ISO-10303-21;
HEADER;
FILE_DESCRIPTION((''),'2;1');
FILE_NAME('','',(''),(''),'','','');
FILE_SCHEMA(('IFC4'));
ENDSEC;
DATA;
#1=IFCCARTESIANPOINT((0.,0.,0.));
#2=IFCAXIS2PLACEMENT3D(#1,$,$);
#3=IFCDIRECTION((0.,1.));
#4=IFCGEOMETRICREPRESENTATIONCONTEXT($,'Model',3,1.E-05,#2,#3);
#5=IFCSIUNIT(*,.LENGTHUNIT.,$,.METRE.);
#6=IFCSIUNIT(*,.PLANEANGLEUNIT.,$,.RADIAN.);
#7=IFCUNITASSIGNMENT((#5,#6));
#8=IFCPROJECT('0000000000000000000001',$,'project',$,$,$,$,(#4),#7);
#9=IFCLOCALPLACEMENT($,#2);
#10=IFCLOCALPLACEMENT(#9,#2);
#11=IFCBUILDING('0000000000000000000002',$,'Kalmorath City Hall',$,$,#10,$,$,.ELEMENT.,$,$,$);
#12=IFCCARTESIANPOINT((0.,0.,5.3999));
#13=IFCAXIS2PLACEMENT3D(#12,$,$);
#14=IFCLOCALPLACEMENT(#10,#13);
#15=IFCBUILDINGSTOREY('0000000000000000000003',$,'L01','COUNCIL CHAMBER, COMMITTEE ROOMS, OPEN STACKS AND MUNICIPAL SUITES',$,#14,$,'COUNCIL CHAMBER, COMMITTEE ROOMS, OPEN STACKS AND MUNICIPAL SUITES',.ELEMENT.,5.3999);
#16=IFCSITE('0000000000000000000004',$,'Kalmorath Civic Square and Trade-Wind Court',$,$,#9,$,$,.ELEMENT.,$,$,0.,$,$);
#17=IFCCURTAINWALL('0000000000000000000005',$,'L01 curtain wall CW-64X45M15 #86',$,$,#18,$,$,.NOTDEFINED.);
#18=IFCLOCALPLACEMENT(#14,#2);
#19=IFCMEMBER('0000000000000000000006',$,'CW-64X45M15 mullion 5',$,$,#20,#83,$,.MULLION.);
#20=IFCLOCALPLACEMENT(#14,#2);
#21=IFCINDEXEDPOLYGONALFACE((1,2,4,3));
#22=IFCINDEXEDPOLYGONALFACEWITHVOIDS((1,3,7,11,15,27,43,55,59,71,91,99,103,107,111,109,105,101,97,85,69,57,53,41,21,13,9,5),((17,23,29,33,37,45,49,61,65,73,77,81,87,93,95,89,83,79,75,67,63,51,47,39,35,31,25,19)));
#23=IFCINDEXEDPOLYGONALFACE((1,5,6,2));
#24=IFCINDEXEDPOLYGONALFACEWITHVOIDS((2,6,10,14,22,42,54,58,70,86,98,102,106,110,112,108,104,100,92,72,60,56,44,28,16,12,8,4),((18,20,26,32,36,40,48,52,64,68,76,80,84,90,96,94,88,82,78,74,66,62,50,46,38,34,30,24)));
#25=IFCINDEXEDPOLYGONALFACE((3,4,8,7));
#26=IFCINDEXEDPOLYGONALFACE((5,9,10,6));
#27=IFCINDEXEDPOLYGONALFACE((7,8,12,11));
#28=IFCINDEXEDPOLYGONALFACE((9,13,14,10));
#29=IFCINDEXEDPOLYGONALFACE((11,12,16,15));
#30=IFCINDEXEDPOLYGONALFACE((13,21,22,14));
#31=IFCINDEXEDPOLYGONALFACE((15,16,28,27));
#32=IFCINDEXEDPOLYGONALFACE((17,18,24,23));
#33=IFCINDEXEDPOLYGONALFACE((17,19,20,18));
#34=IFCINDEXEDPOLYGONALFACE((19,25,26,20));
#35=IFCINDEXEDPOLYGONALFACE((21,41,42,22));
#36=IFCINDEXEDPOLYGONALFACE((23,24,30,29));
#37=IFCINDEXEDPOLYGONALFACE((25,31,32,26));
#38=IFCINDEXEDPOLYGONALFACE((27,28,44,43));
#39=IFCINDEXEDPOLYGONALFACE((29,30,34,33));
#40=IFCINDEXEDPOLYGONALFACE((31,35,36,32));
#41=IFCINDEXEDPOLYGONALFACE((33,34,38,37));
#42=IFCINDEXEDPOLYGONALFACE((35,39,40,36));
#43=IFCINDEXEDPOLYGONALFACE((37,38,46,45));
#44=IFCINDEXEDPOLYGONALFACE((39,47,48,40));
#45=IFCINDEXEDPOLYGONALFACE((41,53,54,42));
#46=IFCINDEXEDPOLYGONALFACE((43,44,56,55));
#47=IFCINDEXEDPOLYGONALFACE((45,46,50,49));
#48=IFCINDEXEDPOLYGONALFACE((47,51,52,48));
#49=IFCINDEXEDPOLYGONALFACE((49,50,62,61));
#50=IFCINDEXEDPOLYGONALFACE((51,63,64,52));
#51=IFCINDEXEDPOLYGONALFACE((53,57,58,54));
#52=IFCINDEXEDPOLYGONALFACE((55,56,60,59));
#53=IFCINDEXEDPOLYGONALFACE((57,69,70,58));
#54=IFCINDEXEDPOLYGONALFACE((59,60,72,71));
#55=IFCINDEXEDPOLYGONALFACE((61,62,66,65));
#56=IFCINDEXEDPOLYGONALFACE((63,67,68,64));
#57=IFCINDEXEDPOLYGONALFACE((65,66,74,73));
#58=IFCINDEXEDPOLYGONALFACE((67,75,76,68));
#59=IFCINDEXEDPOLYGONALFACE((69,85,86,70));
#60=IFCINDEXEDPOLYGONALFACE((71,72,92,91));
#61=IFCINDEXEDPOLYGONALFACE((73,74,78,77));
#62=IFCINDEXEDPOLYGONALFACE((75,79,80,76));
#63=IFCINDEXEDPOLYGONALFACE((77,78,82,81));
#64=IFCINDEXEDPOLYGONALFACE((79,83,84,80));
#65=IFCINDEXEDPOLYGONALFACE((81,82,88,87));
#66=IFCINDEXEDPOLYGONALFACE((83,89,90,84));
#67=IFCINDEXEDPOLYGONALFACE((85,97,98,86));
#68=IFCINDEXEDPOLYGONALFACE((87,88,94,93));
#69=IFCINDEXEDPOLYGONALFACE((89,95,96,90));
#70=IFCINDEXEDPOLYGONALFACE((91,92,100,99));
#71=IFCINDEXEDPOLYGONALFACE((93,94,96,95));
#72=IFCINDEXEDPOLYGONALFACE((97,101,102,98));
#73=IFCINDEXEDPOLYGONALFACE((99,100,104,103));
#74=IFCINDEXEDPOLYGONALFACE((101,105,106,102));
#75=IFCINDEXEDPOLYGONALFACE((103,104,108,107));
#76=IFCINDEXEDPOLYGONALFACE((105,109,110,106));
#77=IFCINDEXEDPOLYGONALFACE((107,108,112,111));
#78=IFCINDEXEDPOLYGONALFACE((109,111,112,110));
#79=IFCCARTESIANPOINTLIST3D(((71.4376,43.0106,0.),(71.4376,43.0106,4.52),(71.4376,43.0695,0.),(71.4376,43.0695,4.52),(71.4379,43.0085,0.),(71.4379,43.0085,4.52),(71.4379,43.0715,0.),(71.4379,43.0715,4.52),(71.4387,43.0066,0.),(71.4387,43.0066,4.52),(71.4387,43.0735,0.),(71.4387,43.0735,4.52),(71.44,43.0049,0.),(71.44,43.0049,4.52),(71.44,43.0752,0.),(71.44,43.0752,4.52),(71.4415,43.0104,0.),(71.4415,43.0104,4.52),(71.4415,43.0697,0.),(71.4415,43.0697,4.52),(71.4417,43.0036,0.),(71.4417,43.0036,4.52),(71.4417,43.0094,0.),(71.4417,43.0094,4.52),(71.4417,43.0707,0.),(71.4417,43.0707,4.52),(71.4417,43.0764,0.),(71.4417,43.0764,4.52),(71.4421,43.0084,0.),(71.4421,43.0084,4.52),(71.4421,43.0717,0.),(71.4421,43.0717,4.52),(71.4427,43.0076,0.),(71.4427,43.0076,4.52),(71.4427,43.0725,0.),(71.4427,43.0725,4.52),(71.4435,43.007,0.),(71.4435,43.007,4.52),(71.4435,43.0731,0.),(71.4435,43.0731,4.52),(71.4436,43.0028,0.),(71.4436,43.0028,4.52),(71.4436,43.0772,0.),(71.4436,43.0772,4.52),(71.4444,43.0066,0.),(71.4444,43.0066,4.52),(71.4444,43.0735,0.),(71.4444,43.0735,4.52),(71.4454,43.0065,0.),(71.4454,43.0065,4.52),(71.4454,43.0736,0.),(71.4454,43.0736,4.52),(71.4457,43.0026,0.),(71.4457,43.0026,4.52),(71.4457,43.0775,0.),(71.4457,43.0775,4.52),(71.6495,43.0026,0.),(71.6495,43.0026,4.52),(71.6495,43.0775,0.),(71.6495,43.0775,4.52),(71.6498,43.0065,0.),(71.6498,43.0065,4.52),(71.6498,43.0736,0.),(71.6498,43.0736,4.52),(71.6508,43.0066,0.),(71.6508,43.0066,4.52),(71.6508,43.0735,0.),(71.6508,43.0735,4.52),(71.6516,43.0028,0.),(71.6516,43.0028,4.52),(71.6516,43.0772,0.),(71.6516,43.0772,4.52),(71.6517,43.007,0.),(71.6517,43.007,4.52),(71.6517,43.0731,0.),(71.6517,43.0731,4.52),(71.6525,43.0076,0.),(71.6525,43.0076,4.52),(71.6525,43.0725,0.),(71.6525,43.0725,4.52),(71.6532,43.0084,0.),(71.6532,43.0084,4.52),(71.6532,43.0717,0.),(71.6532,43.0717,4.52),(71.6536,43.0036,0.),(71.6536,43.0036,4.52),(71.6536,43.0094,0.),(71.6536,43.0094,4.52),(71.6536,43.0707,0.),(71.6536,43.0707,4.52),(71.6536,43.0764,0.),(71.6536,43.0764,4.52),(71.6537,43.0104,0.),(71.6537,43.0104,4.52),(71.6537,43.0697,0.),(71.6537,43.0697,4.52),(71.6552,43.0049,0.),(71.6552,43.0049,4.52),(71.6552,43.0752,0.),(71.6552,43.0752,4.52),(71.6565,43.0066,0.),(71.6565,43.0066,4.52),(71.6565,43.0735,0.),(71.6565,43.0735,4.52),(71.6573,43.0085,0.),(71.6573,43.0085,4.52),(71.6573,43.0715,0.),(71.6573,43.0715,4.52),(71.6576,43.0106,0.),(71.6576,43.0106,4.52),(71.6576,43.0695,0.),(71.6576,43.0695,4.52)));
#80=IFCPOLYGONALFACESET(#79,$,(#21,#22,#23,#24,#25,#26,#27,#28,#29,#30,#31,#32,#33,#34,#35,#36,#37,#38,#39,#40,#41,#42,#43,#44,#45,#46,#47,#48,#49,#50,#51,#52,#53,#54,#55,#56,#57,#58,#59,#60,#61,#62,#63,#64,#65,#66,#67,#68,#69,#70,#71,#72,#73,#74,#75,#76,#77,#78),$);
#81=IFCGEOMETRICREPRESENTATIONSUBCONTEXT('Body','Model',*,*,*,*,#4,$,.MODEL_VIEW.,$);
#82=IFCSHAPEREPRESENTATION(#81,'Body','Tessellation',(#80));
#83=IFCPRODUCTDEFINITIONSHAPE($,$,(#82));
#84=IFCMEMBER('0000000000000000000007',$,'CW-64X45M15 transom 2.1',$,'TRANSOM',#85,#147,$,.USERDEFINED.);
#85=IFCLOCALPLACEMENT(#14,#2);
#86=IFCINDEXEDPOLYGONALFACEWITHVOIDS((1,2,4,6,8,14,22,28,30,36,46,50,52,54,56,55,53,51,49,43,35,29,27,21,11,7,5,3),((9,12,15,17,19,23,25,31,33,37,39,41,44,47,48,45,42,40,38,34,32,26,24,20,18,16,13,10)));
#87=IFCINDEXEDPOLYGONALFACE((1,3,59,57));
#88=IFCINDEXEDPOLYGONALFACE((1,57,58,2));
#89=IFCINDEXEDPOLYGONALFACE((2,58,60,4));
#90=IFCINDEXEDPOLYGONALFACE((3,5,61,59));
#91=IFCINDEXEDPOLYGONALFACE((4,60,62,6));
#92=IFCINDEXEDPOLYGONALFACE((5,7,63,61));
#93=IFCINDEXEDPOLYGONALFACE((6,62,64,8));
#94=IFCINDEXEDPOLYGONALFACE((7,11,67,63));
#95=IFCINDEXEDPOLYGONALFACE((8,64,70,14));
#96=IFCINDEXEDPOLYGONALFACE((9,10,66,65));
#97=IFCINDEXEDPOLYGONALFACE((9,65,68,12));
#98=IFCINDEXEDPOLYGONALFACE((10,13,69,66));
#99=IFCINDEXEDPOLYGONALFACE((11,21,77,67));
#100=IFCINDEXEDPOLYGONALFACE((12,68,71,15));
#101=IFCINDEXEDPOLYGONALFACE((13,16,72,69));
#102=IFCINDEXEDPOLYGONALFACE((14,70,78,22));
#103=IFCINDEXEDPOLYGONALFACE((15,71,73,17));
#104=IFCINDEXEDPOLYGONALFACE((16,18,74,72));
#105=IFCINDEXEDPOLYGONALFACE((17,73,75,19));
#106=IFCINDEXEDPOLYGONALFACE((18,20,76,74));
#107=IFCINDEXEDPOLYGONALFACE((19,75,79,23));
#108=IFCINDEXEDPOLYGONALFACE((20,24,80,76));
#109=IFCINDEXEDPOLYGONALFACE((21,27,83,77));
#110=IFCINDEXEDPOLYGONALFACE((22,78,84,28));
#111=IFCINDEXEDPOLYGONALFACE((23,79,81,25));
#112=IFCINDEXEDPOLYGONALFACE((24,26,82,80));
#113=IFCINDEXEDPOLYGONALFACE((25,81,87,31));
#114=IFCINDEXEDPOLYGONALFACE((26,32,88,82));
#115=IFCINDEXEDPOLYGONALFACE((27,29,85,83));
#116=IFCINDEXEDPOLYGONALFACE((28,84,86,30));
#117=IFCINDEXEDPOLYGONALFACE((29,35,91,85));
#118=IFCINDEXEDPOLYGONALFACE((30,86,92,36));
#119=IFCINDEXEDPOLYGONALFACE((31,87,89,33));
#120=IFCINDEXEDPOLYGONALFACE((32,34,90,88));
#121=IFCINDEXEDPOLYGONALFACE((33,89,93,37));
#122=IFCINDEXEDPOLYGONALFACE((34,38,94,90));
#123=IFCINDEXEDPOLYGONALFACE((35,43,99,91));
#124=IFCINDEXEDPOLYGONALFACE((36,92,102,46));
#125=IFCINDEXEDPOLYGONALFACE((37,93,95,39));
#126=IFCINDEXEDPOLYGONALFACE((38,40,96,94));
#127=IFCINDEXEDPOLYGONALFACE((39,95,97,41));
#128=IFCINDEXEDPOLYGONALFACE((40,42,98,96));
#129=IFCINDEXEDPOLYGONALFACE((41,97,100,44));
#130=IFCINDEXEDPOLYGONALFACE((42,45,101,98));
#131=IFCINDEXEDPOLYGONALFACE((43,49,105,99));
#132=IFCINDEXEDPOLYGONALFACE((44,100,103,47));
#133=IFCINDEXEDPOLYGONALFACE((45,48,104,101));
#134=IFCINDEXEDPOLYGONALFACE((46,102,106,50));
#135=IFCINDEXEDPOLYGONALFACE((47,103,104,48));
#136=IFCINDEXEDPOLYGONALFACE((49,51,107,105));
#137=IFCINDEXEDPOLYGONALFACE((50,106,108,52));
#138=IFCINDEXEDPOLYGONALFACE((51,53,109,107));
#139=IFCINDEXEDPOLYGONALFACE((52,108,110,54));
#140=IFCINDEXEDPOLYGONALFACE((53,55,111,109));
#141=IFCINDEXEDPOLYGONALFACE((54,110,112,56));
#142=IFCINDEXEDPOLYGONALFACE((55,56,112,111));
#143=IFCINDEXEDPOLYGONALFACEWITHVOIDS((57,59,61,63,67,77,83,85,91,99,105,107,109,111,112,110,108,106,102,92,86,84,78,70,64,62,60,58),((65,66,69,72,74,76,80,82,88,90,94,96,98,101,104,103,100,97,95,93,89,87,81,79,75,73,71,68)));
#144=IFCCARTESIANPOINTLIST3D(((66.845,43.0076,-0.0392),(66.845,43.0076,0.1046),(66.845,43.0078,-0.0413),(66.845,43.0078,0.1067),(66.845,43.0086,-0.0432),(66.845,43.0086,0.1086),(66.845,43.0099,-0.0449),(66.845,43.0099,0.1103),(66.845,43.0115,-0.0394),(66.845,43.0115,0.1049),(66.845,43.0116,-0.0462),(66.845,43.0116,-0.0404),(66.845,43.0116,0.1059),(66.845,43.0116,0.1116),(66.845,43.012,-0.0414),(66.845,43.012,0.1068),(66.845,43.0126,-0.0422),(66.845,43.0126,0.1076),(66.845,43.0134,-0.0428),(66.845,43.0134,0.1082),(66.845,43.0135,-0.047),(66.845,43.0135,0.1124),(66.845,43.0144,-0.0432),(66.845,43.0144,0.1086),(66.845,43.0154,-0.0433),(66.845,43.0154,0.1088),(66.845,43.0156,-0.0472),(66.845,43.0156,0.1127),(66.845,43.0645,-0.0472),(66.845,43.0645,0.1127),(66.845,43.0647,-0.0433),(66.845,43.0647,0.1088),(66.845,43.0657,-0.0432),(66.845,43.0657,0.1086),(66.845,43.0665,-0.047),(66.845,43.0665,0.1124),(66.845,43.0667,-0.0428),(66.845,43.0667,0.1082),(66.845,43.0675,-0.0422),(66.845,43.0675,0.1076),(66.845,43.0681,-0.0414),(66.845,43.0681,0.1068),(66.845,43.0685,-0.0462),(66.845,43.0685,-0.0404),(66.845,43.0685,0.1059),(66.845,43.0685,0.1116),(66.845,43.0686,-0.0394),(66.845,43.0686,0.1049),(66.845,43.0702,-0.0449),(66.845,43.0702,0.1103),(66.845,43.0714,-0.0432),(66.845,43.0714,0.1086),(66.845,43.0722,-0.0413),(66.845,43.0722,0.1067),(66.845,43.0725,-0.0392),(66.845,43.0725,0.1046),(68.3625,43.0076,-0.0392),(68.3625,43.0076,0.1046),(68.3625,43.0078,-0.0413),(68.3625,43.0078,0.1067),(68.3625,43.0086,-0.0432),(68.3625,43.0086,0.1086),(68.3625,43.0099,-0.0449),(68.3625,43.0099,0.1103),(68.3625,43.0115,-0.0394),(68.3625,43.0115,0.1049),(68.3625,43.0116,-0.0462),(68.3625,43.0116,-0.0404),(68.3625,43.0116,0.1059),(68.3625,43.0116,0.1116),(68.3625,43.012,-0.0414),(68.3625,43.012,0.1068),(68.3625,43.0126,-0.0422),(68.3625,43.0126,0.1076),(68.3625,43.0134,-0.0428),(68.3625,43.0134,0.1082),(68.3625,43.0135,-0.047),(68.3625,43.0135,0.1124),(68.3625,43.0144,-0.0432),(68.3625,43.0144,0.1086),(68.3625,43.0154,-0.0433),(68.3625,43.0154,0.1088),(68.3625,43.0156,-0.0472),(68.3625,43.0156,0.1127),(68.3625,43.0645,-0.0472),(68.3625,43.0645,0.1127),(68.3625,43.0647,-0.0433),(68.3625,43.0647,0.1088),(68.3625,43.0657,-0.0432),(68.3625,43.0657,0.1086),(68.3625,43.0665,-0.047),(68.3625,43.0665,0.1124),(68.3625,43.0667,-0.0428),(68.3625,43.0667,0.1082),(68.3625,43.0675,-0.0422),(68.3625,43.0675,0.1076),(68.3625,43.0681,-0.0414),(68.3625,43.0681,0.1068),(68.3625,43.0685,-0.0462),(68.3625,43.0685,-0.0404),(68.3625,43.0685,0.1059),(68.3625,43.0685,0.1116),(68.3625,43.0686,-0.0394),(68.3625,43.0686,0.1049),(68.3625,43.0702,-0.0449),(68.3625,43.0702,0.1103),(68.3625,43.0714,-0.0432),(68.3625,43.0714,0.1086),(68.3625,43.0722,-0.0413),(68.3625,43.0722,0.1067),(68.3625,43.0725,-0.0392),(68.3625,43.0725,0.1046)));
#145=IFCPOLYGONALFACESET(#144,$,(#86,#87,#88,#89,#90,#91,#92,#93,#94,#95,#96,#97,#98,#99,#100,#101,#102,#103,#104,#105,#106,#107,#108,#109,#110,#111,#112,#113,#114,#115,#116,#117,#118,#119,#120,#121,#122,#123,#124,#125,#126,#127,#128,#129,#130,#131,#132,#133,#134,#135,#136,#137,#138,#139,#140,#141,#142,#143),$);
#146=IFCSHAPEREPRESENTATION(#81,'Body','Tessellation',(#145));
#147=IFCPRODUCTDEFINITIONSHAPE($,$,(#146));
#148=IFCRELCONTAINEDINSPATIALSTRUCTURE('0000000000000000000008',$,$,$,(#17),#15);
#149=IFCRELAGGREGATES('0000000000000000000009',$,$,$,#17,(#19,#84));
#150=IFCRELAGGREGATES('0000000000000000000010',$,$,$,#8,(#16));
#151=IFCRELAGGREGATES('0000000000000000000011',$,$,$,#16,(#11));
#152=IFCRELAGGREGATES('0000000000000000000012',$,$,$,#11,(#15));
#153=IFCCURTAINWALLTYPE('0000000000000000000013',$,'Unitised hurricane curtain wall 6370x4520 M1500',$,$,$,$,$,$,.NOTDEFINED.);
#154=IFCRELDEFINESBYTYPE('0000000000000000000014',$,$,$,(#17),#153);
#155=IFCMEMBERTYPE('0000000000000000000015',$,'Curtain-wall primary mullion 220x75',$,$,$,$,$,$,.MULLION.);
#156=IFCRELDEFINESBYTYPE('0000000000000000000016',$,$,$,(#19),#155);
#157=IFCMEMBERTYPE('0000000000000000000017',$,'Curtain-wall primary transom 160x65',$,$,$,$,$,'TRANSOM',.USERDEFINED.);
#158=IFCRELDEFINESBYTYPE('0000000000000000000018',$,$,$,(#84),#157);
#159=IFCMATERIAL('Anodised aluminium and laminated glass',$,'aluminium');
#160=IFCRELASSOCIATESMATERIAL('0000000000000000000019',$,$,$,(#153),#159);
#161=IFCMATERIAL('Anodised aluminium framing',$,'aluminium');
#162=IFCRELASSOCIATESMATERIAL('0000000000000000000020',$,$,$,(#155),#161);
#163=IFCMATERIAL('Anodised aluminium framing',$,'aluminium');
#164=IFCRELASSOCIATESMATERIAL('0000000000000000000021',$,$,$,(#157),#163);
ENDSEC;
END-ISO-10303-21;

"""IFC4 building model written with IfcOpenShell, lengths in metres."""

from ifc_helpers import new_model, si_unit, direction, frame, origin, origin_2d, place, context, subcontext, project, spatial, hollow_rectangle, extrude, material, material_profile, profile_set, type_object, element, aggregate, save


model = new_model("IFC4")

# Units and contexts
model_context = context("Model", 3, precision=1e-05, world=origin(), true_north=direction((0.0, 1.0)))
body_context = subcontext(model_context, "Body", "Model", "MODEL_VIEW")
ifc_project = project(units=[si_unit("LENGTHUNIT", "METRE"), si_unit("PLANEANGLEUNIT", "RADIAN")], contexts=[model_context])

# Site, building, storey
site_placement = place(None, origin())
site = spatial("IfcSite", under=ifc_project, at=site_placement, Name="Kalmorath Civic Square and Trade-Wind Court", CompositionType="ELEMENT", RefElevation=0.0)
building_placement = place(site_placement, origin())
building = spatial("IfcBuilding", under=site, at=building_placement, Name="Kalmorath City Hall", CompositionType="ELEMENT")
storey_placement = place(building_placement, frame((0.0, 0.0, 5.3999)))
storey = spatial("IfcBuildingStorey", under=building, at=storey_placement, Name="L01", Description="COUNCIL CHAMBER, COMMITTEE ROOMS, OPEN STACKS AND MUNICIPAL SUITES", LongName="COUNCIL CHAMBER, COMMITTEE ROOMS, OPEN STACKS AND MUNICIPAL SUITES", CompositionType="ELEMENT", Elevation=5.3999)

# Curtain wall, members
ifc_material_1 = material(Name="Anodised aluminium and laminated glass", Category="aluminium")
curtain_wall_type = type_object("IfcCurtainWallType", Name="Unitised hurricane curtain wall 6370x4520 M1500", PredefinedType="NOTDEFINED", material=ifc_material_1)
curtain_wall_placement = place(storey_placement, origin())
curtain_wall = element("IfcCurtainWall", 1, at=curtain_wall_placement, inside=storey, type_object=curtain_wall_type, Name="L01 curtain wall CW-64X45M15 #86", PredefinedType="NOTDEFINED")
ifc_material_2 = material(Name="Anodised aluminium framing", Category="aluminium")
ifc_material_profile_1 = material_profile(ifc_material_2, hollow_rectangle(XDim=0.075, YDim=0.22, WallThickness=0.0039, InnerFilletRadius=0.0039, OuterFilletRadius=0.0081, at=origin_2d()), Name="ALU-MUL-220X75X4")
ifc_profile_set_1 = profile_set([ifc_material_profile_1], Name="Anodised aluminium framing")
member_type_1 = type_object("IfcMemberType", Name="Curtain-wall primary mullion 220x75", PredefinedType="MULLION", material=ifc_profile_set_1)
member_1_placement = place(storey_placement, frame((71.5476, 43.04, 0.0), z_axis=(0.0, 0.0, 1.0), x_axis=(0.0, 1.0, 0.0)))
member_1 = element("IfcMember", 2, at=member_1_placement, type_object=member_type_1, Name="CW-64X45M15 mullion 5", PredefinedType="MULLION", context=body_context, shape_type="SweptSolid", body=[
    extrude(hollow_rectangle(XDim=0.075, YDim=0.22, WallThickness=0.0039, InnerFilletRadius=0.0039, OuterFilletRadius=0.0081, at=origin_2d()), origin(), (0.0, 0.0, 1.0), 4.52),
])
ifc_material_3 = material(Name="Anodised aluminium framing", Category="aluminium")
ifc_material_profile_2 = material_profile(ifc_material_3, hollow_rectangle(XDim=0.0649, YDim=0.1599, WallThickness=0.0039, InnerFilletRadius=0.0039, OuterFilletRadius=0.0081, at=origin_2d()), Name="ALU-TRN-160X65X4")
ifc_profile_set_2 = profile_set([ifc_material_profile_2], Name="Anodised aluminium framing")
member_type_2 = type_object("IfcMemberType", Name="Curtain-wall primary transom 160x65", ElementType="TRANSOM", PredefinedType="USERDEFINED", material=ifc_profile_set_2)
member_2_placement = place(storey_placement, frame((66.845, 43.04, 0.0327), z_axis=(1.0, 0.0, 0.0), x_axis=(0.0, 1.0, 0.0)))
member_2 = element("IfcMember", 3, at=member_2_placement, type_object=member_type_2, Name="CW-64X45M15 transom 2.1", ObjectType="TRANSOM", PredefinedType="USERDEFINED", context=body_context, shape_type="SweptSolid", body=[
    extrude(hollow_rectangle(XDim=0.0649, YDim=0.1599, WallThickness=0.0039, InnerFilletRadius=0.0039, OuterFilletRadius=0.0081, at=origin_2d()), origin(), (0.0, 0.0, 1.0), 1.5176),
])
aggregate(curtain_wall, [member_1, member_2])

save(model, "model.ifc")
